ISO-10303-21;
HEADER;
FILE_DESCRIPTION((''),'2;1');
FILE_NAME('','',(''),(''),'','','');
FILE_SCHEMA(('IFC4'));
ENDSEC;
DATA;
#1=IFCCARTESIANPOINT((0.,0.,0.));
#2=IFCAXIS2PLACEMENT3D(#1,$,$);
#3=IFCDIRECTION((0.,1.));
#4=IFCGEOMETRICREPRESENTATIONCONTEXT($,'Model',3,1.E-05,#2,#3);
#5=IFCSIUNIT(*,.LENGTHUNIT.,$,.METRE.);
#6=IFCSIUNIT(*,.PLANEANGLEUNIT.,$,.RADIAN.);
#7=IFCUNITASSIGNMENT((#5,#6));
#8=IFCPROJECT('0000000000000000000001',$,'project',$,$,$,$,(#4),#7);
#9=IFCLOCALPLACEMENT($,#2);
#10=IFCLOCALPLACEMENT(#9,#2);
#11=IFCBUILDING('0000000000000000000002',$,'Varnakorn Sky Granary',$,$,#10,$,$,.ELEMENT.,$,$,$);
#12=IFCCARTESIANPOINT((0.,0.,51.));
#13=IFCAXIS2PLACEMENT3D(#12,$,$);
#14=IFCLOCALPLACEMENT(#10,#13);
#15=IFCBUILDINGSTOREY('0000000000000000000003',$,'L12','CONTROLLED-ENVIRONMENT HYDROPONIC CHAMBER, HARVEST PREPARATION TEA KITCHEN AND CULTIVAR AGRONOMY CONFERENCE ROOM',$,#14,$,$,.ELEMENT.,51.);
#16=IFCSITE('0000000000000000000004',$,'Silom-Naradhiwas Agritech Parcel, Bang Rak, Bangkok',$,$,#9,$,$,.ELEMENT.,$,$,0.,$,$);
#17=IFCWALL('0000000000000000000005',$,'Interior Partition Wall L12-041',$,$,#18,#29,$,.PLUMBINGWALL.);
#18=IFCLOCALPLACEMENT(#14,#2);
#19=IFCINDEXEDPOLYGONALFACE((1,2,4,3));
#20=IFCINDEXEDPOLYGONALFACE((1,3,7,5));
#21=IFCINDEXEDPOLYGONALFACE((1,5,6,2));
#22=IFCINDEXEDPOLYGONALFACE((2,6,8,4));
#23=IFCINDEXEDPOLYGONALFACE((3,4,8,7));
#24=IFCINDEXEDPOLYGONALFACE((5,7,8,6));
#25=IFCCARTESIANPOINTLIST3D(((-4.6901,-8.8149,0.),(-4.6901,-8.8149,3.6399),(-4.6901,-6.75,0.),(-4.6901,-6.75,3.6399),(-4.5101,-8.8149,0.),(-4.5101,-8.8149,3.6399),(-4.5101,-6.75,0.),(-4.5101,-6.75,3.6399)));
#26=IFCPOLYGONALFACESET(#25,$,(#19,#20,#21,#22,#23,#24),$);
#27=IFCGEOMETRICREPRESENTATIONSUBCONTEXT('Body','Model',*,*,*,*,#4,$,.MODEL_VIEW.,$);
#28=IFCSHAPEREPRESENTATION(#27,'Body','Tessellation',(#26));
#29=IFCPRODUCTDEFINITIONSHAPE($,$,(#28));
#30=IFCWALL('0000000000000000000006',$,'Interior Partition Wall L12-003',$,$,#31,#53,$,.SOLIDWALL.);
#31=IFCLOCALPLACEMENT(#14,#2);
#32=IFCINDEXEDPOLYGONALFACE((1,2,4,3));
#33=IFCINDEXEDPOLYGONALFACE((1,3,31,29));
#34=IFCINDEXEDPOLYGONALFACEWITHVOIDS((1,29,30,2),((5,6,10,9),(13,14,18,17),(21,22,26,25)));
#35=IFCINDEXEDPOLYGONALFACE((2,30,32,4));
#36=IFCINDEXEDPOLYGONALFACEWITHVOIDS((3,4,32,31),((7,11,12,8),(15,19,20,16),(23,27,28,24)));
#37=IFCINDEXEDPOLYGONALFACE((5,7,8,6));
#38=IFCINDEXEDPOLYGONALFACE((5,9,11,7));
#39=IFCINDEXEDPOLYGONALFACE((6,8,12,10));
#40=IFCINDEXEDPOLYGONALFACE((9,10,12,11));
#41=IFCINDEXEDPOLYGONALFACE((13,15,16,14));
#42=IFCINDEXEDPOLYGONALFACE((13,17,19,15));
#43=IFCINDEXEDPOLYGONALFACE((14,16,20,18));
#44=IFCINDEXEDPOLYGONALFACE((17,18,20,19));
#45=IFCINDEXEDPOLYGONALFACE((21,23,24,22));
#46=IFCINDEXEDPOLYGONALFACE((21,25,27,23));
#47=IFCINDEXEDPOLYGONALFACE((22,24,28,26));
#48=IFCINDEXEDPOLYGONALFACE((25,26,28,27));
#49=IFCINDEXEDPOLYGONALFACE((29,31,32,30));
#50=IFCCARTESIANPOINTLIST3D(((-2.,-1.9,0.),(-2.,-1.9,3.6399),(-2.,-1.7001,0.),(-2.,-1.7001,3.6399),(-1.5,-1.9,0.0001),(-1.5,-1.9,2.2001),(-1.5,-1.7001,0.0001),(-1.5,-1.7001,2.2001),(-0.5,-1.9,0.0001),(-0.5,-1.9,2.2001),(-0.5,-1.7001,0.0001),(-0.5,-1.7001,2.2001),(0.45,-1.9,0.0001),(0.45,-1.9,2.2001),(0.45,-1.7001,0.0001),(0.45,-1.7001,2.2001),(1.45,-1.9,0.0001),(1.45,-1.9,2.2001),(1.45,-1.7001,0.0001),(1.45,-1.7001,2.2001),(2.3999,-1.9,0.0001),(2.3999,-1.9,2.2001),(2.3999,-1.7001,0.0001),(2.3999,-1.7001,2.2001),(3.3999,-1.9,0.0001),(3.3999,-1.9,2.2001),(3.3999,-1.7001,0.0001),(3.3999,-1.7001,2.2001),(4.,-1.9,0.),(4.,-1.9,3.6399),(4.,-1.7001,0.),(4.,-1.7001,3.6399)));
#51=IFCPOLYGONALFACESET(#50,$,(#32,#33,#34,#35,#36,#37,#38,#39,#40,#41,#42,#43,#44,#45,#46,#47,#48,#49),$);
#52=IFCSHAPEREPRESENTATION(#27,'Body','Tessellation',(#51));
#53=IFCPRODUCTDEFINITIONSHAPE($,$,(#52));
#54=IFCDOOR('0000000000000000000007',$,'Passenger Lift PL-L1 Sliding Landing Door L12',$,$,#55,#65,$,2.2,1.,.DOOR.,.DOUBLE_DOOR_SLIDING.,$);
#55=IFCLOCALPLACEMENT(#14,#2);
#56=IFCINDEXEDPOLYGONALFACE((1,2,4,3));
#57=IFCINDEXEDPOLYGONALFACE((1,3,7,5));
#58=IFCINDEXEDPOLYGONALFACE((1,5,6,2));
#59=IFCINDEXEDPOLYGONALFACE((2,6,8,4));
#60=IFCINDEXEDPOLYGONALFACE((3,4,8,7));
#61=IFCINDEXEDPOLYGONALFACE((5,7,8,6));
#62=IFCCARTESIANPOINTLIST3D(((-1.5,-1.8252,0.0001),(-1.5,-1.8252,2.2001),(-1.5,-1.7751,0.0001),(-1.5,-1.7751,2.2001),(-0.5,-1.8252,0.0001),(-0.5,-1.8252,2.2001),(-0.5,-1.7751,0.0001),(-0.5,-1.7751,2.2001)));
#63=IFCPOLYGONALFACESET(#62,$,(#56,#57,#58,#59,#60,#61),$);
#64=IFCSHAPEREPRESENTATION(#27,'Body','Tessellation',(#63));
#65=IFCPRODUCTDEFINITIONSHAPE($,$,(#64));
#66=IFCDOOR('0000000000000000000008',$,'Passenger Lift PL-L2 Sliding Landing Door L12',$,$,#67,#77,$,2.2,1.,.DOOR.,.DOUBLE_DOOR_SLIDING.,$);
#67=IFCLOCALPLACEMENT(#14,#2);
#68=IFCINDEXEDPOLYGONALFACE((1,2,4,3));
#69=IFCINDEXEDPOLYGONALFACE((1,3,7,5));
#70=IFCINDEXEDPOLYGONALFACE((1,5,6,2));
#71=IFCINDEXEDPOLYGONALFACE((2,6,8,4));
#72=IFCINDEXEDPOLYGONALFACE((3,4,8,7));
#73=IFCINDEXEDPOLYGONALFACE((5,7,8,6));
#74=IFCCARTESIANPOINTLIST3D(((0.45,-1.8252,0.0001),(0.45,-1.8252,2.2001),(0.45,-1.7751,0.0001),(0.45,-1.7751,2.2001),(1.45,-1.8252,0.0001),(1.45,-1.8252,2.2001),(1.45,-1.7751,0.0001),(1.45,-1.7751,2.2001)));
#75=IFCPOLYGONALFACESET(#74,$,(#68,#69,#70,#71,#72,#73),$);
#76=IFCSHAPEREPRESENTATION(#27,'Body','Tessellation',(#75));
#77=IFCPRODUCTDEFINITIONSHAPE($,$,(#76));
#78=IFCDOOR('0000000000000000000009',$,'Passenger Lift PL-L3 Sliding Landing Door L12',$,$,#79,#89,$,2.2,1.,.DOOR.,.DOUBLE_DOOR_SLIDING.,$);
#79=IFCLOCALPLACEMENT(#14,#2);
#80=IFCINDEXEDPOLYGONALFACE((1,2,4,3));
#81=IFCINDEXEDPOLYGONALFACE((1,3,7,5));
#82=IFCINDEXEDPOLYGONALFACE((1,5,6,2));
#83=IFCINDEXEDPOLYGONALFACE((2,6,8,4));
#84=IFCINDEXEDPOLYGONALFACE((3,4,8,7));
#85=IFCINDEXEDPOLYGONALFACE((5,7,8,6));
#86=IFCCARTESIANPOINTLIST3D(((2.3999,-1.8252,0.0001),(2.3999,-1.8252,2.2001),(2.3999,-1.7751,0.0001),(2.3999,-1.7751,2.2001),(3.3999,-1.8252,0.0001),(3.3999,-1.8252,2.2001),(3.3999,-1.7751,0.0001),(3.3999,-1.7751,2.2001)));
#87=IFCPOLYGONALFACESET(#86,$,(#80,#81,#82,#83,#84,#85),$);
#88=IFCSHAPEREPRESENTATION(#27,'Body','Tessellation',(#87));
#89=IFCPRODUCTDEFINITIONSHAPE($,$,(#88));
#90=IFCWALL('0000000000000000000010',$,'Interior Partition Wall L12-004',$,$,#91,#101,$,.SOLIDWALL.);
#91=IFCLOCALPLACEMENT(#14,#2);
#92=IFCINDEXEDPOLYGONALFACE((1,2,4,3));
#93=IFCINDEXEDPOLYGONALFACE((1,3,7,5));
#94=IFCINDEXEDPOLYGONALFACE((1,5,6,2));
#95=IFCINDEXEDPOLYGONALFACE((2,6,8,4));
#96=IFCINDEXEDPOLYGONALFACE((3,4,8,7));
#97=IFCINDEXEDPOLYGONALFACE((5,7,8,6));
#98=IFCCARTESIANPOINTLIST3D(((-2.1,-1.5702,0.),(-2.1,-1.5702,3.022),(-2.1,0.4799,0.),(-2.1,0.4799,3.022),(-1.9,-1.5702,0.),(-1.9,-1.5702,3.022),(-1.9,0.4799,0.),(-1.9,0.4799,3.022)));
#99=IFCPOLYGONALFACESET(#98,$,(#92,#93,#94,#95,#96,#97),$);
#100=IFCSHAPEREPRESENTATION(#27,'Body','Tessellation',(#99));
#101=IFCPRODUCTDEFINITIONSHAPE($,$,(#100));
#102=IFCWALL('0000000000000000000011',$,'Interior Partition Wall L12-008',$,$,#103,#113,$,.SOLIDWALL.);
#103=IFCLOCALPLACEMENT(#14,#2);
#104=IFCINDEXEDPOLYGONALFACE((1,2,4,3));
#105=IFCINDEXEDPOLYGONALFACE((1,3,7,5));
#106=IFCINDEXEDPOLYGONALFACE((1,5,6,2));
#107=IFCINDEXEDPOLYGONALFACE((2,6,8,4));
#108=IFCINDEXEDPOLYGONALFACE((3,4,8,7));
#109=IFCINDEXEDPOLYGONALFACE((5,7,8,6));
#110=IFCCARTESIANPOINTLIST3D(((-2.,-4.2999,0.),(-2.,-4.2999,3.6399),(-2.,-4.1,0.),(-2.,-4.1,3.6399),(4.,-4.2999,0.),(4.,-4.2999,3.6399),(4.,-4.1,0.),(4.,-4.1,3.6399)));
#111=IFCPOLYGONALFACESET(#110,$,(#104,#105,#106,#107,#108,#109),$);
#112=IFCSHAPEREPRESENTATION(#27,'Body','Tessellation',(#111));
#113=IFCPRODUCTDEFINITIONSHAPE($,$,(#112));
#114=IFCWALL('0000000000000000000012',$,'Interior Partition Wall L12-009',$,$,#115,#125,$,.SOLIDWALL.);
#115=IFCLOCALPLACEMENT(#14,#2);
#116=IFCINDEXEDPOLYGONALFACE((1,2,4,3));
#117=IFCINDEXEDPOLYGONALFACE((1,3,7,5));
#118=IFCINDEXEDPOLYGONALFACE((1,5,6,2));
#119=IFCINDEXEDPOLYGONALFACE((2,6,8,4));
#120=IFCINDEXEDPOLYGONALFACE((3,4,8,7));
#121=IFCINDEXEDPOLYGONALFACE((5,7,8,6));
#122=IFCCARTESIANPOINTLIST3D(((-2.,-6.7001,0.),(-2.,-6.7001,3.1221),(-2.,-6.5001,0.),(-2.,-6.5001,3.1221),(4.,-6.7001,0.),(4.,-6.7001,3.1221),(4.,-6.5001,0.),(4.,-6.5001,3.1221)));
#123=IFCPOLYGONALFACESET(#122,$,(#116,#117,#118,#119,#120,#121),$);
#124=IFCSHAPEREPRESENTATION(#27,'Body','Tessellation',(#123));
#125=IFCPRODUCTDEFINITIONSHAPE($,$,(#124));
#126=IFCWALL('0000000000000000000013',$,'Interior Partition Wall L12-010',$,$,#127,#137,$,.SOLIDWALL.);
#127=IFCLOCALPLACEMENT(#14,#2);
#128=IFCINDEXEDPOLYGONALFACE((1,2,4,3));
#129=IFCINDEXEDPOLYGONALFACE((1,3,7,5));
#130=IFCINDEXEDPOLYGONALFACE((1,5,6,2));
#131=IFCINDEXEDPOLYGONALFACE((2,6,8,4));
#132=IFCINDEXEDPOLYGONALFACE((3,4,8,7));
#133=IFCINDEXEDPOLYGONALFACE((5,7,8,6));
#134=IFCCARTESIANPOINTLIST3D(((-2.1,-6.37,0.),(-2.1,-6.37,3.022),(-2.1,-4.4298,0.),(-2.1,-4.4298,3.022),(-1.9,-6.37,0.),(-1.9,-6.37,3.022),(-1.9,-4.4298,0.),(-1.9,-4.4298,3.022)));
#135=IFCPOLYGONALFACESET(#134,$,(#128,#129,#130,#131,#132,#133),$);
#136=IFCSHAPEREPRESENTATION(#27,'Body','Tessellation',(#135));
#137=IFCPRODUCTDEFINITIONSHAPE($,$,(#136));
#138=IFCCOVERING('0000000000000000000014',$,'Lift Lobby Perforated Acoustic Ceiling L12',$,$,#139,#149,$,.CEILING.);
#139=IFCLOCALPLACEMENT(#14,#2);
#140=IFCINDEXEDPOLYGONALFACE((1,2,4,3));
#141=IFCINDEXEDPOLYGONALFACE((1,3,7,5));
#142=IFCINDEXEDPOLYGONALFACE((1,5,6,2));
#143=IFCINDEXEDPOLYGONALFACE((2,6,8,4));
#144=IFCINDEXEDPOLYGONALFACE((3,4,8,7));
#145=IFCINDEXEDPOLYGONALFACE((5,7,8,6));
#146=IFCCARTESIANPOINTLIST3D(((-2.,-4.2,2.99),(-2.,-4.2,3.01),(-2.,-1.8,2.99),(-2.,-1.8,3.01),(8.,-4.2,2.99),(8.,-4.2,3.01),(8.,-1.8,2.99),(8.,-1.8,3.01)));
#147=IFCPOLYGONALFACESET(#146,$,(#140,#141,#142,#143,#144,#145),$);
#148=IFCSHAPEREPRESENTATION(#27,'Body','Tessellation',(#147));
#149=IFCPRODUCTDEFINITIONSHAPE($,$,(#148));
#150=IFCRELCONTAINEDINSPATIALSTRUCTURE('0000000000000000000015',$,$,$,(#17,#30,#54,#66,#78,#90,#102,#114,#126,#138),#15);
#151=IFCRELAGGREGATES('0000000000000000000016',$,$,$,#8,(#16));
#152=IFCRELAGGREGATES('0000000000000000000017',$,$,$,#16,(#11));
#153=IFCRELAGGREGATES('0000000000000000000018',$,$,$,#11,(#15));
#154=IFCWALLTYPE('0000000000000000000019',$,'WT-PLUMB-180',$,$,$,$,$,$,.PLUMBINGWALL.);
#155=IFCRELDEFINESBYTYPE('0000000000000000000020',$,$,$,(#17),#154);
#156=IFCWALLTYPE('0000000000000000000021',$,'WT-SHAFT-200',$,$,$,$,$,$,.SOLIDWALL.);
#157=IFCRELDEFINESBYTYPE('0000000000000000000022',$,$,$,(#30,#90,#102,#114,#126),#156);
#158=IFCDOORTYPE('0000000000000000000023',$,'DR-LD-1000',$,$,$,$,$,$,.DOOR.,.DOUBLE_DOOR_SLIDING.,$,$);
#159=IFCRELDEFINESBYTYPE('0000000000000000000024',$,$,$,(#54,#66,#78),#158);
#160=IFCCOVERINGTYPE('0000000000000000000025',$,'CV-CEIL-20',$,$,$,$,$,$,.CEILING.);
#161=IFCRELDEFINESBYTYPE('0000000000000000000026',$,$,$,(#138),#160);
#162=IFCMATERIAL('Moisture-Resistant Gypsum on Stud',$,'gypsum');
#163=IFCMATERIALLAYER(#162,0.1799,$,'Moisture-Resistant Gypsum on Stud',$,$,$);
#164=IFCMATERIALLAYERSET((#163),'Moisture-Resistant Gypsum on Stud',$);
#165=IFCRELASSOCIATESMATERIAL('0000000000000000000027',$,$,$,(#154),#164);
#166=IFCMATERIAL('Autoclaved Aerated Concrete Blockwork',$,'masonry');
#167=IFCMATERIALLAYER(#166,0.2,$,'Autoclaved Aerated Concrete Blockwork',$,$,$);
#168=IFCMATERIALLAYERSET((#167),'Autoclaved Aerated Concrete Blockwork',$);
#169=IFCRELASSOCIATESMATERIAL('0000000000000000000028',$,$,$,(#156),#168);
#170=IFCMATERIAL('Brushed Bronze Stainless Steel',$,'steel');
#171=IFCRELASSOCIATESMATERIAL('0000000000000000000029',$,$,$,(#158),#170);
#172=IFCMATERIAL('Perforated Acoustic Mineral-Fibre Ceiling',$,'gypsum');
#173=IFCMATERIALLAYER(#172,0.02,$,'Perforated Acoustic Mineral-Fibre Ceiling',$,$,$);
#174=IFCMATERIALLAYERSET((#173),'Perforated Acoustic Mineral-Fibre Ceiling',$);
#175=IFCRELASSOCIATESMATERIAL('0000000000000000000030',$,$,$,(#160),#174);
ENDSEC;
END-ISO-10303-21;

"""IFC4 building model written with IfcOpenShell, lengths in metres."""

from ifc_helpers import new_model, si_unit, direction, frame, frame_2d, origin, place, context, subcontext, project, spatial, polyline, rectangle, outline, extrude, material, layer, layer_set, type_object, element, fill, save


model = new_model("IFC4")

# Units and contexts
model_context = context("Model", 3, precision=1e-05, world=origin(), true_north=direction((0.0, 1.0)))
body_context = subcontext(model_context, "Body", "Model", "MODEL_VIEW")
ifc_project = project(units=[si_unit("LENGTHUNIT", "METRE"), si_unit("PLANEANGLEUNIT", "RADIAN")], contexts=[model_context])

# Site, building, storey
site_placement = place(None, origin())
site = spatial("IfcSite", under=ifc_project, at=site_placement, Name="Silom-Naradhiwas Agritech Parcel, Bang Rak, Bangkok", CompositionType="ELEMENT", RefElevation=0.0)
building_placement = place(site_placement, origin())
building = spatial("IfcBuilding", under=site, at=building_placement, Name="Varnakorn Sky Granary", CompositionType="ELEMENT")
storey_placement = place(building_placement, frame((0.0, 0.0, 51.0)))
storey = spatial("IfcBuildingStorey", under=building, at=storey_placement, Name="L12", Description="CONTROLLED-ENVIRONMENT HYDROPONIC CHAMBER, HARVEST PREPARATION TEA KITCHEN AND CULTIVAR AGRONOMY CONFERENCE ROOM", CompositionType="ELEMENT", Elevation=51.0)

# Shared definitions
ifc_material_1 = material(Name="Autoclaved Aerated Concrete Blockwork", Category="masonry")

# Wall
ifc_material_2 = material(Name="Moisture-Resistant Gypsum on Stud", Category="gypsum")
ifc_layer_1 = layer(ifc_material_2, 0.1799, Name="Moisture-Resistant Gypsum on Stud")
ifc_layer_set_1 = layer_set([ifc_layer_1], Name="Moisture-Resistant Gypsum on Stud")
wall_type_1 = type_object("IfcWallType", Name="WT-PLUMB-180", PredefinedType="PLUMBINGWALL", material=ifc_layer_set_1)
wall_1_placement = place(storey_placement, frame((-4.6001, -6.75, 0.0), z_axis=(0.0, 0.0, 1.0), x_axis=(0.0, -1.0, 0.0)))
element("IfcWall", 1, at=wall_1_placement, inside=storey, type_object=wall_type_1, Name="Interior Partition Wall L12-041", PredefinedType="PLUMBINGWALL", context=body_context, shape_type="SweptSolid", body=[
    extrude(rectangle(XDim=2.0649, YDim=0.1799, at=frame_2d((1.0325, 0.0))), origin(), (0.0, 0.0, 1.0), 3.6399),
])

# Wall, openings, doors
ifc_layer_2 = layer(ifc_material_1, 0.2, Name="Autoclaved Aerated Concrete Blockwork")
ifc_layer_set_2 = layer_set([ifc_layer_2], Name="Autoclaved Aerated Concrete Blockwork")
wall_type_2 = type_object("IfcWallType", Name="WT-SHAFT-200", PredefinedType="SOLIDWALL", material=ifc_layer_set_2)
wall_2_placement = place(storey_placement, frame((-2.0, -1.8, 0.0), z_axis=(0.0, 0.0, 1.0), x_axis=(1.0, 0.0, 0.0)))
wall_2 = element("IfcWall", 2, at=wall_2_placement, inside=storey, type_object=wall_type_2, Name="Interior Partition Wall L12-003", PredefinedType="SOLIDWALL", context=body_context, shape_type="SweptSolid", body=[
    extrude(rectangle(XDim=6.0, YDim=0.2, at=frame_2d((3.0, 0.0))), origin(), (0.0, 0.0, 1.0), 3.6399),
])
opening_1_placement = place(wall_2_placement, frame((0.5, 0.0, 0.0)))
opening_1 = element("IfcOpeningElement", 3, at=opening_1_placement, cuts=wall_2, PredefinedType="OPENING", context=body_context, shape_type="SweptSolid", body=[
    extrude(rectangle(XDim=1.0, YDim=2.2, at=frame_2d((0.5, 1.1001))), frame((0.0, 0.1099, 0.0), z_axis=(0.0, -1.0, 0.0), x_axis=(1.0, 0.0, 0.0)), (0.0, 0.0, 1.0), 0.22),
])
opening_2_placement = place(wall_2_placement, frame((2.45, 0.0, 0.0)))
opening_2 = element("IfcOpeningElement", 4, at=opening_2_placement, cuts=wall_2, PredefinedType="OPENING", context=body_context, shape_type="SweptSolid", body=[
    extrude(rectangle(XDim=1.0, YDim=2.2, at=frame_2d((0.5, 1.1001))), frame((0.0, 0.1099, 0.0), z_axis=(0.0, -1.0, 0.0), x_axis=(1.0, 0.0, 0.0)), (0.0, 0.0, 1.0), 0.22),
])
opening_3_placement = place(wall_2_placement, frame((4.3999, 0.0, 0.0)))
opening_3 = element("IfcOpeningElement", 5, at=opening_3_placement, cuts=wall_2, PredefinedType="OPENING", context=body_context, shape_type="SweptSolid", body=[
    extrude(rectangle(XDim=1.0, YDim=2.2, at=frame_2d((0.5, 1.1001))), frame((0.0, 0.1099, 0.0), z_axis=(0.0, -1.0, 0.0), x_axis=(1.0, 0.0, 0.0)), (0.0, 0.0, 1.0), 0.22),
])
ifc_material_3 = material(Name="Brushed Bronze Stainless Steel", Category="steel")
door_type_1 = type_object("IfcDoorType", Name="DR-LD-1000", OperationType="DOUBLE_DOOR_SLIDING", PredefinedType="DOOR", material=ifc_material_3)
door_1_placement = place(opening_1_placement, origin())
door_1 = element("IfcDoor", 6, at=door_1_placement, inside=storey, type_object=door_type_1, Name="Passenger Lift PL-L1 Sliding Landing Door L12", OperationType="DOUBLE_DOOR_SLIDING", OverallHeight=2.2, OverallWidth=1.0, PredefinedType="DOOR", context=body_context, shape_type="SweptSolid", body=[
    extrude(rectangle(XDim=1.0, YDim=2.2, at=frame_2d((0.5, 1.1001))), frame((0.0, 0.0249, 0.0), z_axis=(0.0, -1.0, 0.0), x_axis=(1.0, 0.0, 0.0)), (0.0, 0.0, 1.0), 0.05),
])
fill(opening_1, door_1)
door_2_placement = place(opening_2_placement, origin())
door_2 = element("IfcDoor", 7, at=door_2_placement, inside=storey, type_object=door_type_1, Name="Passenger Lift PL-L2 Sliding Landing Door L12", OperationType="DOUBLE_DOOR_SLIDING", OverallHeight=2.2, OverallWidth=1.0, PredefinedType="DOOR", context=body_context, shape_type="SweptSolid", body=[
    extrude(rectangle(XDim=1.0, YDim=2.2, at=frame_2d((0.5, 1.1001))), frame((0.0, 0.0249, 0.0), z_axis=(0.0, -1.0, 0.0), x_axis=(1.0, 0.0, 0.0)), (0.0, 0.0, 1.0), 0.05),
])
fill(opening_2, door_2)
door_3_placement = place(opening_3_placement, origin())
door_3 = element("IfcDoor", 8, at=door_3_placement, inside=storey, type_object=door_type_1, Name="Passenger Lift PL-L3 Sliding Landing Door L12", OperationType="DOUBLE_DOOR_SLIDING", OverallHeight=2.2, OverallWidth=1.0, PredefinedType="DOOR", context=body_context, shape_type="SweptSolid", body=[
    extrude(rectangle(XDim=1.0, YDim=2.2, at=frame_2d((0.5, 1.1001))), frame((0.0, 0.0249, 0.0), z_axis=(0.0, -1.0, 0.0), x_axis=(1.0, 0.0, 0.0)), (0.0, 0.0, 1.0), 0.05),
])
fill(opening_3, door_3)

# Walls
wall_3_placement = place(storey_placement, frame((-2.0, -1.5701, 0.0), z_axis=(0.0, 0.0, 1.0), x_axis=(0.0, 1.0, 0.0)))
element("IfcWall", 9, at=wall_3_placement, inside=storey, type_object=wall_type_2, Name="Interior Partition Wall L12-004", PredefinedType="SOLIDWALL", context=body_context, shape_type="SweptSolid", body=[
    extrude(rectangle(XDim=2.05, YDim=0.2, at=frame_2d((1.0249, 0.0))), origin(), (0.0, 0.0, 1.0), 3.022),
])
wall_4_placement = place(storey_placement, frame((-2.0, -4.2, 0.0), z_axis=(0.0, 0.0, 1.0), x_axis=(1.0, 0.0, 0.0)))
element("IfcWall", 10, at=wall_4_placement, inside=storey, type_object=wall_type_2, Name="Interior Partition Wall L12-008", PredefinedType="SOLIDWALL", context=body_context, shape_type="SweptSolid", body=[
    extrude(rectangle(XDim=6.0, YDim=0.2, at=frame_2d((3.0, 0.0))), origin(), (0.0, 0.0, 1.0), 3.6399),
])
wall_5_placement = place(storey_placement, frame((-2.0, -6.6001, 0.0), z_axis=(0.0, 0.0, 1.0), x_axis=(1.0, 0.0, 0.0)))
element("IfcWall", 11, at=wall_5_placement, inside=storey, type_object=wall_type_2, Name="Interior Partition Wall L12-009", PredefinedType="SOLIDWALL", context=body_context, shape_type="SweptSolid", body=[
    extrude(rectangle(XDim=6.0, YDim=0.2, at=frame_2d((3.0, 0.0))), origin(), (0.0, 0.0, 1.0), 3.1221),
])
wall_6_placement = place(storey_placement, frame((-2.0, -6.3701, 0.0), z_axis=(0.0, 0.0, 1.0), x_axis=(0.0, 1.0, 0.0)))
element("IfcWall", 12, at=wall_6_placement, inside=storey, type_object=wall_type_2, Name="Interior Partition Wall L12-010", PredefinedType="SOLIDWALL", context=body_context, shape_type="SweptSolid", body=[
    extrude(rectangle(XDim=1.9402, YDim=0.2, at=frame_2d((0.9702, 0.0))), origin(), (0.0, 0.0, 1.0), 3.022),
])

# Covering
ifc_material_4 = material(Name="Perforated Acoustic Mineral-Fibre Ceiling", Category="gypsum")
ifc_layer_3 = layer(ifc_material_4, 0.02, Name="Perforated Acoustic Mineral-Fibre Ceiling")
ifc_layer_set_3 = layer_set([ifc_layer_3], Name="Perforated Acoustic Mineral-Fibre Ceiling")
covering_type = type_object("IfcCoveringType", Name="CV-CEIL-20", PredefinedType="CEILING", material=ifc_layer_set_3)
covering_placement = place(storey_placement, frame((0.0, 0.0, 2.99)))
element("IfcCovering", 13, at=covering_placement, inside=storey, type_object=covering_type, Name="Lift Lobby Perforated Acoustic Ceiling L12", PredefinedType="CEILING", context=body_context, shape_type="SweptSolid", body=[
    extrude(outline(polyline([(-2.0, -4.2), (8.0, -4.2), (8.0, -1.8), (-2.0, -1.8), (-2.0, -4.2)])), origin(), (0.0, 0.0, 1.0), 0.02),
])

save(model, "model.ifc")
